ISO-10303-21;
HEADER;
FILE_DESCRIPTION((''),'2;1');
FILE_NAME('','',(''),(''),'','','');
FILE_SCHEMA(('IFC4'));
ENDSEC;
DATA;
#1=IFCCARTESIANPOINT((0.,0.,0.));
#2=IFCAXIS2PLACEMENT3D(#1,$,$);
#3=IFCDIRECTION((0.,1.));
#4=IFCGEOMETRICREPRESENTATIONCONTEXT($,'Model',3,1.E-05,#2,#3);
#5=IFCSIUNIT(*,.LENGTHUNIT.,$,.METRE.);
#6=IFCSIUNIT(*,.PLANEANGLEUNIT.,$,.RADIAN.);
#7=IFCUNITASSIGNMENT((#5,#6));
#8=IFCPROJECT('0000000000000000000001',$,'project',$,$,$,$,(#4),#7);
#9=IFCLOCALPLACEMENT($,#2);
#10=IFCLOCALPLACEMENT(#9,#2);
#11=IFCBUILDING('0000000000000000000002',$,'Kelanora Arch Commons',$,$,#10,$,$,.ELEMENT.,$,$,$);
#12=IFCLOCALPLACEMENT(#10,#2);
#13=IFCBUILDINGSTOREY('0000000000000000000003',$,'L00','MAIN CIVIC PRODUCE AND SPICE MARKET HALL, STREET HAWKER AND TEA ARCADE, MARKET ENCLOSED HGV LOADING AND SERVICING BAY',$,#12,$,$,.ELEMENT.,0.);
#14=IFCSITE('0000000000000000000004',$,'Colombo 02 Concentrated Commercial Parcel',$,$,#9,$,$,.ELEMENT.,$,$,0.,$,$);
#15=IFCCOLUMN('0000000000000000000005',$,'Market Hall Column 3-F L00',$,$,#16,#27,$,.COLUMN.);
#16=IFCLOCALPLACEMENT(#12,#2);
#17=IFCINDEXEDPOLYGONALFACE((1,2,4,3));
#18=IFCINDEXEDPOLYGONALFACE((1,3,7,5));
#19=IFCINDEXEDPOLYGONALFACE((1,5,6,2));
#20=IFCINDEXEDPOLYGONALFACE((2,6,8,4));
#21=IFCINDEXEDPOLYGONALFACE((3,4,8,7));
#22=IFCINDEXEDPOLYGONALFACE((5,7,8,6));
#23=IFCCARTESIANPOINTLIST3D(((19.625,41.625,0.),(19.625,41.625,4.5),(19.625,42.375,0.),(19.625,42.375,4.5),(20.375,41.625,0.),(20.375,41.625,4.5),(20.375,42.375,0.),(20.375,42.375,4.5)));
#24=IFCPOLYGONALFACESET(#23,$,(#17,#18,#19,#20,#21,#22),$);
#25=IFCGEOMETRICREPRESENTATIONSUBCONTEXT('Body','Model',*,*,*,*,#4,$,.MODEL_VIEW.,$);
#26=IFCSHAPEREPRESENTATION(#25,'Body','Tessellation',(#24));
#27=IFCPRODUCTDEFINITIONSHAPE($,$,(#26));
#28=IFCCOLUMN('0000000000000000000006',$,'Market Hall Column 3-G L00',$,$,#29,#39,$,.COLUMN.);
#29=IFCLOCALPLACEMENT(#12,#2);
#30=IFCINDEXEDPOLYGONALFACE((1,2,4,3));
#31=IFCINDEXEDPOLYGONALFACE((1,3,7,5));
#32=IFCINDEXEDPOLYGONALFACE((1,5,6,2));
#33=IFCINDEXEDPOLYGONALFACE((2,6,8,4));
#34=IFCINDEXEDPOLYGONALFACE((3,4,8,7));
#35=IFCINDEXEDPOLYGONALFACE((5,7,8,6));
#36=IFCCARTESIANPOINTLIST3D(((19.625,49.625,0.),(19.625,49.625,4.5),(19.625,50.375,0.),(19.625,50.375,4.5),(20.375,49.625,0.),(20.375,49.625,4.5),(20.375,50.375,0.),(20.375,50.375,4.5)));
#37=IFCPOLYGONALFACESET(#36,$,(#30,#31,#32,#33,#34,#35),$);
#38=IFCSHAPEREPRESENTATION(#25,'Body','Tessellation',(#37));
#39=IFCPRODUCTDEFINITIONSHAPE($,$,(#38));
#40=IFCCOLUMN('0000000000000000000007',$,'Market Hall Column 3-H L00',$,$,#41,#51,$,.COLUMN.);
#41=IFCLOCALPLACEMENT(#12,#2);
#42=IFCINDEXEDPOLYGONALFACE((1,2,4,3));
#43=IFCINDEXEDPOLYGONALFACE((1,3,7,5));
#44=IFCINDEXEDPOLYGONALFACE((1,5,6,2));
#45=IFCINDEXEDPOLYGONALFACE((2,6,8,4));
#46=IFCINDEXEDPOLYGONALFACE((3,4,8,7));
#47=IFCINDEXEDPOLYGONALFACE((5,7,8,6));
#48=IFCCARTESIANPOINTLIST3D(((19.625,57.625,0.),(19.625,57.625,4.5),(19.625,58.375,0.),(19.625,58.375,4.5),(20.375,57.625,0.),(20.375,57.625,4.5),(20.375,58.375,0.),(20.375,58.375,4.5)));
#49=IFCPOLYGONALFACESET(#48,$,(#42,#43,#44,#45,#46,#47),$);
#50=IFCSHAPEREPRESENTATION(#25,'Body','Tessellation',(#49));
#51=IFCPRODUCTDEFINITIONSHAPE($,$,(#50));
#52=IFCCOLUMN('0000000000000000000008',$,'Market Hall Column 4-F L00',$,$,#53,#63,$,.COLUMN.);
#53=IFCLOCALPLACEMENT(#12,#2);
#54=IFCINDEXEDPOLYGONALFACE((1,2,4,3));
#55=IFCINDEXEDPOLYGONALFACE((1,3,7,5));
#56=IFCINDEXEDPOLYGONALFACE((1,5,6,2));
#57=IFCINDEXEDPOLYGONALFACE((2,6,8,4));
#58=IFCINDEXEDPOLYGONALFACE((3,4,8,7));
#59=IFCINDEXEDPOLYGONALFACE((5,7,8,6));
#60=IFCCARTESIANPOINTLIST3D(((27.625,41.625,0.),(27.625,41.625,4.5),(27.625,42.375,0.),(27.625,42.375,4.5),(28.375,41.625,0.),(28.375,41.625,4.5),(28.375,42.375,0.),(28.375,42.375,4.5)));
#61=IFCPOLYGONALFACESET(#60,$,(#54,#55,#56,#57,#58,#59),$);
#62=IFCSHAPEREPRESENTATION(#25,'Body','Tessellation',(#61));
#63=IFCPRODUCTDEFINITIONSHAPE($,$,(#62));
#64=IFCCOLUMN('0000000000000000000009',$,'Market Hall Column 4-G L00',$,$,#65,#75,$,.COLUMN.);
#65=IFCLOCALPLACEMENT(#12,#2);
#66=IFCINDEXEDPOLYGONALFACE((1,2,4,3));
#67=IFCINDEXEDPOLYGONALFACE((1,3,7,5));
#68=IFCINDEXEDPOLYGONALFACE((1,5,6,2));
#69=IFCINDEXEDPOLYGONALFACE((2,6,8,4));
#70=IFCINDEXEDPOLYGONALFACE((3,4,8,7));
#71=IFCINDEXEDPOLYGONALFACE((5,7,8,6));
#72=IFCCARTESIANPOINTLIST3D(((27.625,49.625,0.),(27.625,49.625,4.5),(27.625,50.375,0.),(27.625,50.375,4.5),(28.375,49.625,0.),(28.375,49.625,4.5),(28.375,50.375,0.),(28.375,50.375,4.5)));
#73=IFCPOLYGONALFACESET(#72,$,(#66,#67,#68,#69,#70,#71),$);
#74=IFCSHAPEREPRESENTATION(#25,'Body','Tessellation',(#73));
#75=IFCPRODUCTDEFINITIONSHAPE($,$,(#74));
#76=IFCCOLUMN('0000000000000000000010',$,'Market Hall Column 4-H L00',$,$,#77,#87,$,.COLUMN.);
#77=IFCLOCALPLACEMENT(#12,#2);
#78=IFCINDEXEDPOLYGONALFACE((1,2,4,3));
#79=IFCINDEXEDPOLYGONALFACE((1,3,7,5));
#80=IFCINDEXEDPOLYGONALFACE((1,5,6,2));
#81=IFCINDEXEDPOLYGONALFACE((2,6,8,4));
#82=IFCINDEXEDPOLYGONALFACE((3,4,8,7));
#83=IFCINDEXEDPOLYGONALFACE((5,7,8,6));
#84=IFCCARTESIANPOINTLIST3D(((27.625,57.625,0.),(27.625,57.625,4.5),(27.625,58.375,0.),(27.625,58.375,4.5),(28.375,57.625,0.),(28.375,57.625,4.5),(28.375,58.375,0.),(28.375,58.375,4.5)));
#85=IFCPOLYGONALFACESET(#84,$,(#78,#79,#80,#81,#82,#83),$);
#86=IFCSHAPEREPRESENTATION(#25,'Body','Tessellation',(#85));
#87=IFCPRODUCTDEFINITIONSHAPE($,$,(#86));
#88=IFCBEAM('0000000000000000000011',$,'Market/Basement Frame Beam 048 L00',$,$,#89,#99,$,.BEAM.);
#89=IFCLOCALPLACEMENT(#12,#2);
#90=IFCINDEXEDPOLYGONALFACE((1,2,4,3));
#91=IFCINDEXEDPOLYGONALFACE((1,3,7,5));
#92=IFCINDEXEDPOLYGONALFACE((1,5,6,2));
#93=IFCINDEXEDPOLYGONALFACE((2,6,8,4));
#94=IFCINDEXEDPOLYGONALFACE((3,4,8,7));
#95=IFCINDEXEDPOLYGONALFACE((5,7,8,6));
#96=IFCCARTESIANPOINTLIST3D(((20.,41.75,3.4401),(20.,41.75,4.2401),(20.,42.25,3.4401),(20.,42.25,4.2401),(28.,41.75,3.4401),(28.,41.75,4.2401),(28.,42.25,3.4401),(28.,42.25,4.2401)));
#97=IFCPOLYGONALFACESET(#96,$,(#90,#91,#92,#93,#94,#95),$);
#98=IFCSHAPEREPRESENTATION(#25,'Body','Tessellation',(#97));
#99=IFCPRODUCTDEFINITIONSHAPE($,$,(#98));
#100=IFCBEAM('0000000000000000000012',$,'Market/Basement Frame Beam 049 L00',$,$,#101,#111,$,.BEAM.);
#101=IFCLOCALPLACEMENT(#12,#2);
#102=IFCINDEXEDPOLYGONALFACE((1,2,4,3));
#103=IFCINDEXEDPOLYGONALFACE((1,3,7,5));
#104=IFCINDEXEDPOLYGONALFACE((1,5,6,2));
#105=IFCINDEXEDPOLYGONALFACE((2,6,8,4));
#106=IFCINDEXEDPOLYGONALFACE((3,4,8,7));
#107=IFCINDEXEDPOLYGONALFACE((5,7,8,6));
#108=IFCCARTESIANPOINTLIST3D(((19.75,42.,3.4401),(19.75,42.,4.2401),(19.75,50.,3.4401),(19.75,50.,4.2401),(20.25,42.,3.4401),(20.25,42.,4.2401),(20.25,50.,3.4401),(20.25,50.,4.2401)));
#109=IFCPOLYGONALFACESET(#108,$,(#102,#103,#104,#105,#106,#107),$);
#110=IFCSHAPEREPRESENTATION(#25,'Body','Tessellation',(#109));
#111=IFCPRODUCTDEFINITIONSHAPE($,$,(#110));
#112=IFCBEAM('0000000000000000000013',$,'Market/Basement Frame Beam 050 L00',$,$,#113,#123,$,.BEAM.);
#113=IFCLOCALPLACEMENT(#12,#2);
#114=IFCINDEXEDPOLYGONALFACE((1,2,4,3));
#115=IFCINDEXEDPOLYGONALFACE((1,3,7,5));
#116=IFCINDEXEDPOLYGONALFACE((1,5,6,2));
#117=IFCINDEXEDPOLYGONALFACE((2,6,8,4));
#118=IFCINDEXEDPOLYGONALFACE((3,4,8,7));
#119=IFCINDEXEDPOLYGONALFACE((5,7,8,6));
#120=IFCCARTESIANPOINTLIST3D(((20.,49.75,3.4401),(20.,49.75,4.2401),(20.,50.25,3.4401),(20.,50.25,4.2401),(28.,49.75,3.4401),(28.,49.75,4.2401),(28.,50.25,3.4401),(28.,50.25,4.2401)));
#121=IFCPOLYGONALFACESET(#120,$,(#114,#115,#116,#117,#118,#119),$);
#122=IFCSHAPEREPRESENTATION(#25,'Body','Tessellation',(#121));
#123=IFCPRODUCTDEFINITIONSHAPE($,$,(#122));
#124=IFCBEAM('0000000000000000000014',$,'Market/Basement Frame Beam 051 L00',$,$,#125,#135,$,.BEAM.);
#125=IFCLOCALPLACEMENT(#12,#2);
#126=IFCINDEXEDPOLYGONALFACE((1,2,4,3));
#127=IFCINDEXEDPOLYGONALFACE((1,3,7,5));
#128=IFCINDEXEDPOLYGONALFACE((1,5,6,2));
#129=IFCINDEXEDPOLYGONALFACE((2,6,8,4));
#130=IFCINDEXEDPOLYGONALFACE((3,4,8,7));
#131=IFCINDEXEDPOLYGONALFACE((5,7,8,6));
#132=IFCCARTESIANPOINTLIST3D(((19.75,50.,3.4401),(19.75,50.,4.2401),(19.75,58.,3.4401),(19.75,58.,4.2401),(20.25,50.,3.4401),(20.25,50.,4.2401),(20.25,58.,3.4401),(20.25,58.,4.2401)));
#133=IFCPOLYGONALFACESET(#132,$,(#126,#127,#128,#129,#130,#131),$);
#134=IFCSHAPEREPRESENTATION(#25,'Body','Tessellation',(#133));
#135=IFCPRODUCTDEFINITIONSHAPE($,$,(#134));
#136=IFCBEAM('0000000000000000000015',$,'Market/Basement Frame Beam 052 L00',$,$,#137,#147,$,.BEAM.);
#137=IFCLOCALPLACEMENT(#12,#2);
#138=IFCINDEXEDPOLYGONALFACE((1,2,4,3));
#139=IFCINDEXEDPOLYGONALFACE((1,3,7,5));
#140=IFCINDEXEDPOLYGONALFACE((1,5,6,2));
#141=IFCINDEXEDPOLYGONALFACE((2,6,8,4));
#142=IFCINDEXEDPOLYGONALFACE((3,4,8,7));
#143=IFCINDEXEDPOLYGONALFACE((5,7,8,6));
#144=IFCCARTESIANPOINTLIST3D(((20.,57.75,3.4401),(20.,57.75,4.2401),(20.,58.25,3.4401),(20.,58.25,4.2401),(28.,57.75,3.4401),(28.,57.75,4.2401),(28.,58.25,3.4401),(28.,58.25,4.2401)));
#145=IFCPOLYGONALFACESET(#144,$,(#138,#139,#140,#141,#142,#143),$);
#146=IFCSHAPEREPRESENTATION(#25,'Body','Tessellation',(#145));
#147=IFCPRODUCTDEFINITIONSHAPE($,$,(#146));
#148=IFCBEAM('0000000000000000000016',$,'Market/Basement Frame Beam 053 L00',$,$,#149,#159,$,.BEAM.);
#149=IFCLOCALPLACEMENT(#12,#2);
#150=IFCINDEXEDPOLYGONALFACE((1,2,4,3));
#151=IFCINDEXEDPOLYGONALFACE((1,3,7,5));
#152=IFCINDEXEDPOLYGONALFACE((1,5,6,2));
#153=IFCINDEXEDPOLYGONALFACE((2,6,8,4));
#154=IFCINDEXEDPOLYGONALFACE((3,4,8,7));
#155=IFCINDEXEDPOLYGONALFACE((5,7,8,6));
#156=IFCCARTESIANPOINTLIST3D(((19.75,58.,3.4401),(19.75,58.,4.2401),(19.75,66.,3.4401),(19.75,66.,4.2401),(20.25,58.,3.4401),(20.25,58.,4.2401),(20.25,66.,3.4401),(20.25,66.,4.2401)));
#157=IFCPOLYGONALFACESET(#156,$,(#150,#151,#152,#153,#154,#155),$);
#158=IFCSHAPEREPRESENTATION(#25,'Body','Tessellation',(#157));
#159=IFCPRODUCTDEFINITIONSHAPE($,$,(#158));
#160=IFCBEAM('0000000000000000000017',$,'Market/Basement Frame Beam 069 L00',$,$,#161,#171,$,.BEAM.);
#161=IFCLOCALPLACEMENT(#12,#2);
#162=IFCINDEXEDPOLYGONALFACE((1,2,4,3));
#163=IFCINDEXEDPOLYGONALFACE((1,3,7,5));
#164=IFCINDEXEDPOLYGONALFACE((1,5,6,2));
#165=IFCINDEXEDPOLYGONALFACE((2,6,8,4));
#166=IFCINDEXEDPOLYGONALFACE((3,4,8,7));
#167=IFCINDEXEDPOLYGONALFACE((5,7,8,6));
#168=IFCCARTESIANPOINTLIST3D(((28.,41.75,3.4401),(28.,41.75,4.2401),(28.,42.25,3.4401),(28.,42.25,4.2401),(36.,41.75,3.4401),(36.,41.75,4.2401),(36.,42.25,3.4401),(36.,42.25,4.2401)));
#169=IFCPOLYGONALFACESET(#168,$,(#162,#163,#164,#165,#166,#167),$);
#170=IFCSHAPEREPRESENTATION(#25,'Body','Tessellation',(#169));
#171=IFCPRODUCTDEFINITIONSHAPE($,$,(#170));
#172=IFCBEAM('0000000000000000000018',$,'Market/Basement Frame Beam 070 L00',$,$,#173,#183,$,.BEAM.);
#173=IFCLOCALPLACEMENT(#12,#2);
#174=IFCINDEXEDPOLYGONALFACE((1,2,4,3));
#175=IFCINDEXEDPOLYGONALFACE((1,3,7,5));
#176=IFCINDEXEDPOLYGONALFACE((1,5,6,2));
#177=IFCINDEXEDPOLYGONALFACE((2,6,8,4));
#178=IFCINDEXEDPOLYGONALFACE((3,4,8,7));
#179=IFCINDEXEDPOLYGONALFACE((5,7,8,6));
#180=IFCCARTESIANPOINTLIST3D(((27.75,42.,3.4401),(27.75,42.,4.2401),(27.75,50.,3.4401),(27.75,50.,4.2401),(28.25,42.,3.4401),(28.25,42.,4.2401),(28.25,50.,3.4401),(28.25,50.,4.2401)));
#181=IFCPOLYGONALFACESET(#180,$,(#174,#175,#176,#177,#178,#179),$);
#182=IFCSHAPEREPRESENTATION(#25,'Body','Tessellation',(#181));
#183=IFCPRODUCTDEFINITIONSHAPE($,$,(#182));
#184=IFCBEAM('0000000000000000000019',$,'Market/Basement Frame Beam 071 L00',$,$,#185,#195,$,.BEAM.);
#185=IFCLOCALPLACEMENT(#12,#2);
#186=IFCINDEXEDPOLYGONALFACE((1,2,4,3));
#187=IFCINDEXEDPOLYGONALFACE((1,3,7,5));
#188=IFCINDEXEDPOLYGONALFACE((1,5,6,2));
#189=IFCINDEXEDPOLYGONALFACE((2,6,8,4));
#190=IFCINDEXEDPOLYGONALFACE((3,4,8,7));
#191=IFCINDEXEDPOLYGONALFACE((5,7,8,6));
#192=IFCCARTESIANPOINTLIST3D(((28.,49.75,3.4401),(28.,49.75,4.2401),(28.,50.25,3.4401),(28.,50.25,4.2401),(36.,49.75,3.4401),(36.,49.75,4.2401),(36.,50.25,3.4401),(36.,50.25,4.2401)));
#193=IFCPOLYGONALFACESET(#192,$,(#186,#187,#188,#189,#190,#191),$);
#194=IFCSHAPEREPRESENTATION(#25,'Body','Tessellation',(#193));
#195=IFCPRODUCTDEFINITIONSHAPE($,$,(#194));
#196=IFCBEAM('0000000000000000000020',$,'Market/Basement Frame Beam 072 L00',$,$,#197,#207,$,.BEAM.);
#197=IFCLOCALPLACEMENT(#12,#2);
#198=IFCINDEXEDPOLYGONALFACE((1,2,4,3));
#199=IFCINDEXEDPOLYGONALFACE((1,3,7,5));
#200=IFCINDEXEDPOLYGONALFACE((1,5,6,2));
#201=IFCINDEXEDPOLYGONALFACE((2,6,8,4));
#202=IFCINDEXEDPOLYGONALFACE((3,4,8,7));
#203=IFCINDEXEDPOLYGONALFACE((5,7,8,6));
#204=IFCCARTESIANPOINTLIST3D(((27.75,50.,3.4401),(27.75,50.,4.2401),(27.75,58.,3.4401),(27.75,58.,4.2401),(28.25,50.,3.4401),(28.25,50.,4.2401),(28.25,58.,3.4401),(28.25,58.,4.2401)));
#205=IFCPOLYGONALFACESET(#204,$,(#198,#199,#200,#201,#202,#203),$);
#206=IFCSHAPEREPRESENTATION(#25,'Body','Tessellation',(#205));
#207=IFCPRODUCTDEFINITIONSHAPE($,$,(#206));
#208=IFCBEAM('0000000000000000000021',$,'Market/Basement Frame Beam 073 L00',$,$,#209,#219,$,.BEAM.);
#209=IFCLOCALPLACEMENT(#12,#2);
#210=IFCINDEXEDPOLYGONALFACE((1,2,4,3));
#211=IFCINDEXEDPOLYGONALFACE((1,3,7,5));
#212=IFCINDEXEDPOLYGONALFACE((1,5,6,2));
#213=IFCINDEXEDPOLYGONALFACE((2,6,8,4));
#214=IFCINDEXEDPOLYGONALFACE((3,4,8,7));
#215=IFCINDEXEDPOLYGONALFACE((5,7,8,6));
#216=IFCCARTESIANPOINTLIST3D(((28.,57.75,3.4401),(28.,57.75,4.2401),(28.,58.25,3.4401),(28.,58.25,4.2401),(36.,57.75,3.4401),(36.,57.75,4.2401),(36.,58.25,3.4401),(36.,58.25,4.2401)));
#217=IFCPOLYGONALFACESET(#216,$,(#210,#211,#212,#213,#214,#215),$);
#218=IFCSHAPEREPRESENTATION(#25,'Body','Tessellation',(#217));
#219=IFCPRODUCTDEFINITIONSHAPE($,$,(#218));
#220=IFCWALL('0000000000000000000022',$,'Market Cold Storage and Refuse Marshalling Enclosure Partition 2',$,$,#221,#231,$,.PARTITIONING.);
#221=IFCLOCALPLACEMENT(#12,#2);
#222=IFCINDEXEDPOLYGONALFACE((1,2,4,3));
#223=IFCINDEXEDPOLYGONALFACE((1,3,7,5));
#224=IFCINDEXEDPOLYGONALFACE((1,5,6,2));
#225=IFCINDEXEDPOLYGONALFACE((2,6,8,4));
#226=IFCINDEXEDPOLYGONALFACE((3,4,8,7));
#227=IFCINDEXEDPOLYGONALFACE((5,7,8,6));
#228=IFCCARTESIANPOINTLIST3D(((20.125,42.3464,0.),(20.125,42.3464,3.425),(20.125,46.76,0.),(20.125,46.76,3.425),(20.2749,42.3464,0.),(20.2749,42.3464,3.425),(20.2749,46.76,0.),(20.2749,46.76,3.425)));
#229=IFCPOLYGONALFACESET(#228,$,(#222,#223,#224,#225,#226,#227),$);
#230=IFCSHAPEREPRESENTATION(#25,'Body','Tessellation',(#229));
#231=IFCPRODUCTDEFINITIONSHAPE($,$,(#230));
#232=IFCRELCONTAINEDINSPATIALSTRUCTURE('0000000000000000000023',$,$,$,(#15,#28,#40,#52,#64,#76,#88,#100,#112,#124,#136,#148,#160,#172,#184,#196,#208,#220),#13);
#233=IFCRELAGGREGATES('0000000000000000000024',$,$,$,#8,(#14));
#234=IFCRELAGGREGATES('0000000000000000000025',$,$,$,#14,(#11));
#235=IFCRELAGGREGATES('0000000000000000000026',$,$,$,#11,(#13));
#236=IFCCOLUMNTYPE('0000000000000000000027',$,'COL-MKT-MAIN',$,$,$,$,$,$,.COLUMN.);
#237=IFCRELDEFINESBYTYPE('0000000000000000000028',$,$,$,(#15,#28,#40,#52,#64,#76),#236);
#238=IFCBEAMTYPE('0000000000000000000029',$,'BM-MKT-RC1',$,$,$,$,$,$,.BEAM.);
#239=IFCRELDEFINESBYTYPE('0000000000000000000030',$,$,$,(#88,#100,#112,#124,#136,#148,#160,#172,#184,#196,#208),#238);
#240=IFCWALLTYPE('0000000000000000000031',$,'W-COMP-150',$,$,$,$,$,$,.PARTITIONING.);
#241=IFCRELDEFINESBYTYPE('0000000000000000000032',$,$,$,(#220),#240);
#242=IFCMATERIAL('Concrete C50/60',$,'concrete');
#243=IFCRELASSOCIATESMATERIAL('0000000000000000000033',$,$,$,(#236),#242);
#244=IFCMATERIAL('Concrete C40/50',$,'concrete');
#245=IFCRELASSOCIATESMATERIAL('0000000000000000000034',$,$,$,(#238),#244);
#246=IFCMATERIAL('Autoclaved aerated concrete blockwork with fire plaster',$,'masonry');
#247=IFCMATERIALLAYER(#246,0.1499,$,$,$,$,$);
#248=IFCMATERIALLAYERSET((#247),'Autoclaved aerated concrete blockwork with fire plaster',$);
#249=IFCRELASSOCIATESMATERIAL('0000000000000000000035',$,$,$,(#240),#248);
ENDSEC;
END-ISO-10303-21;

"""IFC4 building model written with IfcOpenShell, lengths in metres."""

from ifc_helpers import new_model, si_unit, direction, frame, frame_2d, origin, origin_2d, place, context, subcontext, project, spatial, rectangle, extrude, material, layer, layer_set, material_profile, profile_set, type_object, element, save


model = new_model("IFC4")

# Units and contexts
model_context = context("Model", 3, precision=1e-05, world=origin(), true_north=direction((0.0, 1.0)))
body_context = subcontext(model_context, "Body", "Model", "MODEL_VIEW")
ifc_project = project(units=[si_unit("LENGTHUNIT", "METRE"), si_unit("PLANEANGLEUNIT", "RADIAN")], contexts=[model_context])

# Site, building, storey
site_placement = place(None, origin())
site = spatial("IfcSite", under=ifc_project, at=site_placement, Name="Colombo 02 Concentrated Commercial Parcel", CompositionType="ELEMENT", RefElevation=0.0)
building_placement = place(site_placement, origin())
building = spatial("IfcBuilding", under=site, at=building_placement, Name="Kelanora Arch Commons", CompositionType="ELEMENT")
storey_placement = place(building_placement, origin())
storey = spatial("IfcBuildingStorey", under=building, at=storey_placement, Name="L00", Description="MAIN CIVIC PRODUCE AND SPICE MARKET HALL, STREET HAWKER AND TEA ARCADE, MARKET ENCLOSED HGV LOADING AND SERVICING BAY", CompositionType="ELEMENT", Elevation=0.0)

# Columns
ifc_material_1 = material(Name="Concrete C50/60", Category="concrete")
ifc_material_profile_1 = material_profile(ifc_material_1, rectangle(XDim=0.75, YDim=0.75, at=origin_2d()), Name="RC750x750")
ifc_profile_set_1 = profile_set([ifc_material_profile_1], Name="Concrete C50/60")
column_type = type_object("IfcColumnType", Name="COL-MKT-MAIN", PredefinedType="COLUMN", material=ifc_profile_set_1)
for number, where, z_axis, x_axis, name in (
    (1, (20.0, 42.0, 0.0), (0.0, 0.0, 1.0), (1.0, 0.0, 0.0), "Market Hall Column 3-F L00"),
    (2, (20.0, 50.0, 0.0), (0.0, 0.0, 1.0), (1.0, 0.0, 0.0), "Market Hall Column 3-G L00"),
    (3, (20.0, 58.0, 0.0), (0.0, 0.0, 1.0), (1.0, 0.0, 0.0), "Market Hall Column 3-H L00"),
    (4, (28.0, 42.0, 0.0), (0.0, 0.0, 1.0), (1.0, 0.0, 0.0), "Market Hall Column 4-F L00"),
    (5, (28.0, 50.0, 0.0), (0.0, 0.0, 1.0), (1.0, 0.0, 0.0), "Market Hall Column 4-G L00"),
    (6, (28.0, 58.0, 0.0), (0.0, 0.0, 1.0), (1.0, 0.0, 0.0), "Market Hall Column 4-H L00"),
):
    element("IfcColumn", number, at=place(storey_placement, frame(where, z_axis=z_axis, x_axis=x_axis)), inside=storey, type_object=column_type, Name=name, PredefinedType="COLUMN", context=body_context, shape_type="SweptSolid", body=[
        extrude(rectangle(XDim=0.75, YDim=0.75, at=origin_2d()), origin(), (0.0, 0.0, 1.0), 4.5),
    ])

# Beams
ifc_material_2 = material(Name="Concrete C40/50", Category="concrete")
ifc_material_profile_2 = material_profile(ifc_material_2, rectangle(XDim=0.5, YDim=0.8, at=origin_2d()), Name="RCB500x800")
ifc_profile_set_2 = profile_set([ifc_material_profile_2], Name="Concrete C40/50")
beam_type = type_object("IfcBeamType", Name="BM-MKT-RC1", PredefinedType="BEAM", material=ifc_profile_set_2)
for number, where, z_axis, x_axis, name in (
    (7, (20.0, 42.0, 3.8401), (1.0, 0.0, 0.0), (0.0, 1.0, 0.0), "Market/Basement Frame Beam 048 L00"),
    (8, (20.0, 42.0, 3.8401), (0.0, 1.0, 0.0), (-1.0, 0.0, 0.0), "Market/Basement Frame Beam 049 L00"),
    (9, (20.0, 50.0, 3.8401), (1.0, 0.0, 0.0), (0.0, 1.0, 0.0), "Market/Basement Frame Beam 050 L00"),
    (10, (20.0, 50.0, 3.8401), (0.0, 1.0, 0.0), (-1.0, 0.0, 0.0), "Market/Basement Frame Beam 051 L00"),
    (11, (20.0, 58.0, 3.8401), (1.0, 0.0, 0.0), (0.0, 1.0, 0.0), "Market/Basement Frame Beam 052 L00"),
    (12, (20.0, 58.0, 3.8401), (0.0, 1.0, 0.0), (-1.0, 0.0, 0.0), "Market/Basement Frame Beam 053 L00"),
    (13, (28.0, 42.0, 3.8401), (1.0, 0.0, 0.0), (0.0, 1.0, 0.0), "Market/Basement Frame Beam 069 L00"),
    (14, (28.0, 42.0, 3.8401), (0.0, 1.0, 0.0), (-1.0, 0.0, 0.0), "Market/Basement Frame Beam 070 L00"),
    (15, (28.0, 50.0, 3.8401), (1.0, 0.0, 0.0), (0.0, 1.0, 0.0), "Market/Basement Frame Beam 071 L00"),
    (16, (28.0, 50.0, 3.8401), (0.0, 1.0, 0.0), (-1.0, 0.0, 0.0), "Market/Basement Frame Beam 072 L00"),
    (17, (28.0, 58.0, 3.8401), (1.0, 0.0, 0.0), (0.0, 1.0, 0.0), "Market/Basement Frame Beam 073 L00"),
):
    element("IfcBeam", number, at=place(storey_placement, frame(where, z_axis=z_axis, x_axis=x_axis)), inside=storey, type_object=beam_type, Name=name, PredefinedType="BEAM", context=body_context, shape_type="SweptSolid", body=[
        extrude(rectangle(XDim=0.5, YDim=0.8, at=origin_2d()), origin(), (0.0, 0.0, 1.0), 8.0),
    ])

# Wall
ifc_material_3 = material(Name="Autoclaved aerated concrete blockwork with fire plaster", Category="masonry")
ifc_layer_1 = layer(ifc_material_3, 0.1499)
ifc_layer_set_1 = layer_set([ifc_layer_1], Name="Autoclaved aerated concrete blockwork with fire plaster")
wall_type_1 = type_object("IfcWallType", Name="W-COMP-150", PredefinedType="PARTITIONING", material=ifc_layer_set_1)
wall_1_placement = place(storey_placement, frame((20.2, 42.3464, 0.0), z_axis=(0.0, 0.0, 1.0), x_axis=(0.0, 1.0, 0.0)))
element("IfcWall", 18, at=wall_1_placement, inside=storey, type_object=wall_type_1, Name="Market Cold Storage and Refuse Marshalling Enclosure Partition 2", PredefinedType="PARTITIONING", context=body_context, shape_type="SweptSolid", body=[
    extrude(rectangle(XDim=4.4136, YDim=0.1499, at=frame_2d((2.2068, 0.0))), origin(), (0.0, 0.0, 1.0), 3.425),
])

save(model, "model.ifc")
